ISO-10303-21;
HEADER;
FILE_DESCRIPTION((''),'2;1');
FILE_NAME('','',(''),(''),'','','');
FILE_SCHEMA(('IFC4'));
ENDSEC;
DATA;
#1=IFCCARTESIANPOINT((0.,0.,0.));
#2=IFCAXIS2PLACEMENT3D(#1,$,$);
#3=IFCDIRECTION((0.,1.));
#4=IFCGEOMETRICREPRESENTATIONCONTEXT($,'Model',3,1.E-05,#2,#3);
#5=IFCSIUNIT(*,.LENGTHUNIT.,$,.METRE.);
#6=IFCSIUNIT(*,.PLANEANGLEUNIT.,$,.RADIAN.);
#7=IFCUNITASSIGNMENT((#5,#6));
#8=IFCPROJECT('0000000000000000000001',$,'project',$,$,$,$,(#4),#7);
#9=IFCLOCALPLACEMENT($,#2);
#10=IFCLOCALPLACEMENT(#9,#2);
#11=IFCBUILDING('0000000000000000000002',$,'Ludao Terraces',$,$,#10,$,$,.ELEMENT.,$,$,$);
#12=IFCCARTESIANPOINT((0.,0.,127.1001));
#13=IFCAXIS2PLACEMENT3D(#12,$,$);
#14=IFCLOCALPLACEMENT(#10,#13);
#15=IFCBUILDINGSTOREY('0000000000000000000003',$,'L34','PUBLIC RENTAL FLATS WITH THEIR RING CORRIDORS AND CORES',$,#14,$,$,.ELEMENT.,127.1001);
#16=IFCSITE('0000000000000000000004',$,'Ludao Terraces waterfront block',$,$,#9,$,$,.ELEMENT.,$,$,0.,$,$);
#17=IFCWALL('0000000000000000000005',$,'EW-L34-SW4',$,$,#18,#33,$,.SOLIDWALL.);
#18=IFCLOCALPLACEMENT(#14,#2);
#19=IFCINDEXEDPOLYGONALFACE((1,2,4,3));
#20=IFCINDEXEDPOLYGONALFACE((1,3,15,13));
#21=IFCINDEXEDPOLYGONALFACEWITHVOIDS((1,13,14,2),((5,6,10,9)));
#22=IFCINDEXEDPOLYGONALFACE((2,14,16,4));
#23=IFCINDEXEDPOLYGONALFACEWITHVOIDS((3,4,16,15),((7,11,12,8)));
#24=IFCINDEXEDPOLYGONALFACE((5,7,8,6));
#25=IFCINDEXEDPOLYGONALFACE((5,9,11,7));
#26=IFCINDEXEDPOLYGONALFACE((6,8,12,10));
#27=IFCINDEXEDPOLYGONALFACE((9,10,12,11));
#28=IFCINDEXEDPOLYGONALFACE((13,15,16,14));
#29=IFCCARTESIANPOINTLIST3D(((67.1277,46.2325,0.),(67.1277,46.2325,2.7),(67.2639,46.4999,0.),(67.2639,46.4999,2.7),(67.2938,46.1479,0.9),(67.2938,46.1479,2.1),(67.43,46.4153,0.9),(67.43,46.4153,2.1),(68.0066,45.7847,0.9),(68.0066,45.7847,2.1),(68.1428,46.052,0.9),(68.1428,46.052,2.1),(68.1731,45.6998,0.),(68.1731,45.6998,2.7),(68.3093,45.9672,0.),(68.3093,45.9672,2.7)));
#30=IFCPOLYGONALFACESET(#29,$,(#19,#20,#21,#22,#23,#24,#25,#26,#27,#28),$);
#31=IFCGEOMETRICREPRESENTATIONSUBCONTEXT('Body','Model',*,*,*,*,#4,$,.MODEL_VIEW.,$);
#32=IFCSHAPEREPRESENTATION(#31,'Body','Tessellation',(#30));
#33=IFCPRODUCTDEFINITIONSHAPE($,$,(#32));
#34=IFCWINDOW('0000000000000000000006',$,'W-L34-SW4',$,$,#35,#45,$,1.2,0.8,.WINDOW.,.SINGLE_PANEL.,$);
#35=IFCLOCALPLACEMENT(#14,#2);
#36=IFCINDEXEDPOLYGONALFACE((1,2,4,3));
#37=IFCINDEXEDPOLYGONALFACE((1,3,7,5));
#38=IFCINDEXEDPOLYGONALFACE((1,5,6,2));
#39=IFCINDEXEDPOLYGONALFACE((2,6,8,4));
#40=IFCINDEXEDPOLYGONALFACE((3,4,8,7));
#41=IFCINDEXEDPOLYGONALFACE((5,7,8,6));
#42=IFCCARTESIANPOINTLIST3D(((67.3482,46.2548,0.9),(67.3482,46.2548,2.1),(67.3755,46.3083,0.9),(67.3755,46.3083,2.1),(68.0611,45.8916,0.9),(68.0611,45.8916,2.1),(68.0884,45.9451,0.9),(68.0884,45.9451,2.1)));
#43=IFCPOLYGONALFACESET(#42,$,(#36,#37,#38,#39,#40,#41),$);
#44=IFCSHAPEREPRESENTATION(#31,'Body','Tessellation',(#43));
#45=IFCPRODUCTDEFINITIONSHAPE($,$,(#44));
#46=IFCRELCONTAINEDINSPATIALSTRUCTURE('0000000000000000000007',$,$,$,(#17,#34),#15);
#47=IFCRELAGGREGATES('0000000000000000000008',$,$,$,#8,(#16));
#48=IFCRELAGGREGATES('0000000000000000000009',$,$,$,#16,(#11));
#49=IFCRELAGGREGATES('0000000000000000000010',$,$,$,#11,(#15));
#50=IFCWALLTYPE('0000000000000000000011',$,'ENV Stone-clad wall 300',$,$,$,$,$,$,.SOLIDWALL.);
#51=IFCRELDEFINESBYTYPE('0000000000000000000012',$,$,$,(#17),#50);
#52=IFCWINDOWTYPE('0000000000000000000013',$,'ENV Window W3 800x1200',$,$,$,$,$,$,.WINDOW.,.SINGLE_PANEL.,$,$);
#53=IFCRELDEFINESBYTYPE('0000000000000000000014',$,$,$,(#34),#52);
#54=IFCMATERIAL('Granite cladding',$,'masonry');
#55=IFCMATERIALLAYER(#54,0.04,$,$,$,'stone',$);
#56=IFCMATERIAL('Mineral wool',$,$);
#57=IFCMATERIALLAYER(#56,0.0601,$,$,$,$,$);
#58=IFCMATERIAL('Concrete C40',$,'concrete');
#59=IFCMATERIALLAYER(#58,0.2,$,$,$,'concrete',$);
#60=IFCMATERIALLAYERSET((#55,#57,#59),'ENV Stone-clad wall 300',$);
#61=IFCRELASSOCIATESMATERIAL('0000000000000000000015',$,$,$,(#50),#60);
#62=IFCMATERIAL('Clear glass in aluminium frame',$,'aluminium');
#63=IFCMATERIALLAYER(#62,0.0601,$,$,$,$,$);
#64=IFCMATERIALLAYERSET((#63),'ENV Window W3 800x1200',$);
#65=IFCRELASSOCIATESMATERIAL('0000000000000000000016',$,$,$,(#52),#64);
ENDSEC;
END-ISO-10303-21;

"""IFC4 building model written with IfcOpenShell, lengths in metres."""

from ifc_helpers import new_model, si_unit, direction, frame, frame_2d, origin, place, context, subcontext, project, spatial, rectangle, extrude, material, layer, layer_set, type_object, element, fill, save


model = new_model("IFC4")

# Units and contexts
model_context = context("Model", 3, precision=1e-05, world=origin(), true_north=direction((0.0, 1.0)))
body_context = subcontext(model_context, "Body", "Model", "MODEL_VIEW")
ifc_project = project(units=[si_unit("LENGTHUNIT", "METRE"), si_unit("PLANEANGLEUNIT", "RADIAN")], contexts=[model_context])

# Site, building, storey
site_placement = place(None, origin())
site = spatial("IfcSite", under=ifc_project, at=site_placement, Name="Ludao Terraces waterfront block", CompositionType="ELEMENT", RefElevation=0.0)
building_placement = place(site_placement, origin())
building = spatial("IfcBuilding", under=site, at=building_placement, Name="Ludao Terraces", CompositionType="ELEMENT")
storey_placement = place(building_placement, frame((0.0, 0.0, 127.1001)))
storey = spatial("IfcBuildingStorey", under=building, at=storey_placement, Name="L34", Description="PUBLIC RENTAL FLATS WITH THEIR RING CORRIDORS AND CORES", CompositionType="ELEMENT", Elevation=127.1001)

# Shared definitions
ifc_material_1 = material(Name="Concrete C40", Category="concrete")

# Shared definitions
ifc_material_2 = material(Name="Granite cladding", Category="masonry")
ifc_layer_1 = layer(ifc_material_2, 0.04, Category="stone")
ifc_material_3 = material(Name="Mineral wool")
ifc_layer_2 = layer(ifc_material_3, 0.0601)
ifc_layer_3 = layer(ifc_material_1, 0.2, Category="concrete")
ifc_layer_set_1 = layer_set([ifc_layer_1, ifc_layer_2, ifc_layer_3], Name="ENV Stone-clad wall 300")
wall_type_1 = type_object("IfcWallType", Name="ENV Stone-clad wall 300", PredefinedType="SOLIDWALL", material=ifc_layer_set_1)
ifc_material_4 = material(Name="Clear glass in aluminium frame", Category="aluminium")

# Wall, opening, window
ifc_layer_4 = layer(ifc_material_4, 0.0601)
ifc_layer_set_2 = layer_set([ifc_layer_4], Name="ENV Window W3 800x1200")
window_type_1 = type_object("IfcWindowType", Name="ENV Window W3 800x1200", PartitioningType="SINGLE_PANEL", PredefinedType="WINDOW", material=ifc_layer_set_2)
wall_1_placement = place(storey_placement, frame((67.1958, 46.3662, 0.0), z_axis=(0.0, 0.0, 1.0), x_axis=(0.890989, -0.454026, 0.0)))
wall_1 = element("IfcWall", 1, at=wall_1_placement, inside=storey, type_object=wall_type_1, Name="EW-L34-SW4", PredefinedType="SOLIDWALL", context=body_context, shape_type="SweptSolid", body=[
    extrude(rectangle(XDim=1.1733, YDim=0.3, at=frame_2d((0.5867, 0.0))), origin(), (0.0, 0.0, 1.0), 2.7),
])
opening_1_placement = place(wall_1_placement, frame((0.1865, 0.0, 0.8999)))
opening_1 = element("IfcOpeningElement", 2, at=opening_1_placement, cuts=wall_1, PredefinedType="OPENING", context=body_context, shape_type="SweptSolid", body=[
    extrude(rectangle(XDim=0.8, YDim=1.2, at=frame_2d((0.3999, 0.6001))), frame((0.0, 0.1602, 0.0), z_axis=(0.0, -1.0, 0.0), x_axis=(1.0, 0.0, 0.0)), (0.0, 0.0, 1.0), 0.3201),
])
window_1_placement = place(opening_1_placement, origin())
window_1 = element("IfcWindow", 3, at=window_1_placement, inside=storey, type_object=window_type_1, Name="W-L34-SW4", OverallHeight=1.2, OverallWidth=0.8, PartitioningType="SINGLE_PANEL", PredefinedType="WINDOW", context=body_context, shape_type="SweptSolid", body=[
    extrude(rectangle(XDim=0.8, YDim=1.2, at=frame_2d((0.3999, 0.6001))), frame((0.0, 0.03, 0.0), z_axis=(0.0, -1.0, 0.0), x_axis=(1.0, 0.0, 0.0)), (0.0, 0.0, 1.0), 0.0601),
])
fill(opening_1, window_1)

save(model, "model.ifc")
